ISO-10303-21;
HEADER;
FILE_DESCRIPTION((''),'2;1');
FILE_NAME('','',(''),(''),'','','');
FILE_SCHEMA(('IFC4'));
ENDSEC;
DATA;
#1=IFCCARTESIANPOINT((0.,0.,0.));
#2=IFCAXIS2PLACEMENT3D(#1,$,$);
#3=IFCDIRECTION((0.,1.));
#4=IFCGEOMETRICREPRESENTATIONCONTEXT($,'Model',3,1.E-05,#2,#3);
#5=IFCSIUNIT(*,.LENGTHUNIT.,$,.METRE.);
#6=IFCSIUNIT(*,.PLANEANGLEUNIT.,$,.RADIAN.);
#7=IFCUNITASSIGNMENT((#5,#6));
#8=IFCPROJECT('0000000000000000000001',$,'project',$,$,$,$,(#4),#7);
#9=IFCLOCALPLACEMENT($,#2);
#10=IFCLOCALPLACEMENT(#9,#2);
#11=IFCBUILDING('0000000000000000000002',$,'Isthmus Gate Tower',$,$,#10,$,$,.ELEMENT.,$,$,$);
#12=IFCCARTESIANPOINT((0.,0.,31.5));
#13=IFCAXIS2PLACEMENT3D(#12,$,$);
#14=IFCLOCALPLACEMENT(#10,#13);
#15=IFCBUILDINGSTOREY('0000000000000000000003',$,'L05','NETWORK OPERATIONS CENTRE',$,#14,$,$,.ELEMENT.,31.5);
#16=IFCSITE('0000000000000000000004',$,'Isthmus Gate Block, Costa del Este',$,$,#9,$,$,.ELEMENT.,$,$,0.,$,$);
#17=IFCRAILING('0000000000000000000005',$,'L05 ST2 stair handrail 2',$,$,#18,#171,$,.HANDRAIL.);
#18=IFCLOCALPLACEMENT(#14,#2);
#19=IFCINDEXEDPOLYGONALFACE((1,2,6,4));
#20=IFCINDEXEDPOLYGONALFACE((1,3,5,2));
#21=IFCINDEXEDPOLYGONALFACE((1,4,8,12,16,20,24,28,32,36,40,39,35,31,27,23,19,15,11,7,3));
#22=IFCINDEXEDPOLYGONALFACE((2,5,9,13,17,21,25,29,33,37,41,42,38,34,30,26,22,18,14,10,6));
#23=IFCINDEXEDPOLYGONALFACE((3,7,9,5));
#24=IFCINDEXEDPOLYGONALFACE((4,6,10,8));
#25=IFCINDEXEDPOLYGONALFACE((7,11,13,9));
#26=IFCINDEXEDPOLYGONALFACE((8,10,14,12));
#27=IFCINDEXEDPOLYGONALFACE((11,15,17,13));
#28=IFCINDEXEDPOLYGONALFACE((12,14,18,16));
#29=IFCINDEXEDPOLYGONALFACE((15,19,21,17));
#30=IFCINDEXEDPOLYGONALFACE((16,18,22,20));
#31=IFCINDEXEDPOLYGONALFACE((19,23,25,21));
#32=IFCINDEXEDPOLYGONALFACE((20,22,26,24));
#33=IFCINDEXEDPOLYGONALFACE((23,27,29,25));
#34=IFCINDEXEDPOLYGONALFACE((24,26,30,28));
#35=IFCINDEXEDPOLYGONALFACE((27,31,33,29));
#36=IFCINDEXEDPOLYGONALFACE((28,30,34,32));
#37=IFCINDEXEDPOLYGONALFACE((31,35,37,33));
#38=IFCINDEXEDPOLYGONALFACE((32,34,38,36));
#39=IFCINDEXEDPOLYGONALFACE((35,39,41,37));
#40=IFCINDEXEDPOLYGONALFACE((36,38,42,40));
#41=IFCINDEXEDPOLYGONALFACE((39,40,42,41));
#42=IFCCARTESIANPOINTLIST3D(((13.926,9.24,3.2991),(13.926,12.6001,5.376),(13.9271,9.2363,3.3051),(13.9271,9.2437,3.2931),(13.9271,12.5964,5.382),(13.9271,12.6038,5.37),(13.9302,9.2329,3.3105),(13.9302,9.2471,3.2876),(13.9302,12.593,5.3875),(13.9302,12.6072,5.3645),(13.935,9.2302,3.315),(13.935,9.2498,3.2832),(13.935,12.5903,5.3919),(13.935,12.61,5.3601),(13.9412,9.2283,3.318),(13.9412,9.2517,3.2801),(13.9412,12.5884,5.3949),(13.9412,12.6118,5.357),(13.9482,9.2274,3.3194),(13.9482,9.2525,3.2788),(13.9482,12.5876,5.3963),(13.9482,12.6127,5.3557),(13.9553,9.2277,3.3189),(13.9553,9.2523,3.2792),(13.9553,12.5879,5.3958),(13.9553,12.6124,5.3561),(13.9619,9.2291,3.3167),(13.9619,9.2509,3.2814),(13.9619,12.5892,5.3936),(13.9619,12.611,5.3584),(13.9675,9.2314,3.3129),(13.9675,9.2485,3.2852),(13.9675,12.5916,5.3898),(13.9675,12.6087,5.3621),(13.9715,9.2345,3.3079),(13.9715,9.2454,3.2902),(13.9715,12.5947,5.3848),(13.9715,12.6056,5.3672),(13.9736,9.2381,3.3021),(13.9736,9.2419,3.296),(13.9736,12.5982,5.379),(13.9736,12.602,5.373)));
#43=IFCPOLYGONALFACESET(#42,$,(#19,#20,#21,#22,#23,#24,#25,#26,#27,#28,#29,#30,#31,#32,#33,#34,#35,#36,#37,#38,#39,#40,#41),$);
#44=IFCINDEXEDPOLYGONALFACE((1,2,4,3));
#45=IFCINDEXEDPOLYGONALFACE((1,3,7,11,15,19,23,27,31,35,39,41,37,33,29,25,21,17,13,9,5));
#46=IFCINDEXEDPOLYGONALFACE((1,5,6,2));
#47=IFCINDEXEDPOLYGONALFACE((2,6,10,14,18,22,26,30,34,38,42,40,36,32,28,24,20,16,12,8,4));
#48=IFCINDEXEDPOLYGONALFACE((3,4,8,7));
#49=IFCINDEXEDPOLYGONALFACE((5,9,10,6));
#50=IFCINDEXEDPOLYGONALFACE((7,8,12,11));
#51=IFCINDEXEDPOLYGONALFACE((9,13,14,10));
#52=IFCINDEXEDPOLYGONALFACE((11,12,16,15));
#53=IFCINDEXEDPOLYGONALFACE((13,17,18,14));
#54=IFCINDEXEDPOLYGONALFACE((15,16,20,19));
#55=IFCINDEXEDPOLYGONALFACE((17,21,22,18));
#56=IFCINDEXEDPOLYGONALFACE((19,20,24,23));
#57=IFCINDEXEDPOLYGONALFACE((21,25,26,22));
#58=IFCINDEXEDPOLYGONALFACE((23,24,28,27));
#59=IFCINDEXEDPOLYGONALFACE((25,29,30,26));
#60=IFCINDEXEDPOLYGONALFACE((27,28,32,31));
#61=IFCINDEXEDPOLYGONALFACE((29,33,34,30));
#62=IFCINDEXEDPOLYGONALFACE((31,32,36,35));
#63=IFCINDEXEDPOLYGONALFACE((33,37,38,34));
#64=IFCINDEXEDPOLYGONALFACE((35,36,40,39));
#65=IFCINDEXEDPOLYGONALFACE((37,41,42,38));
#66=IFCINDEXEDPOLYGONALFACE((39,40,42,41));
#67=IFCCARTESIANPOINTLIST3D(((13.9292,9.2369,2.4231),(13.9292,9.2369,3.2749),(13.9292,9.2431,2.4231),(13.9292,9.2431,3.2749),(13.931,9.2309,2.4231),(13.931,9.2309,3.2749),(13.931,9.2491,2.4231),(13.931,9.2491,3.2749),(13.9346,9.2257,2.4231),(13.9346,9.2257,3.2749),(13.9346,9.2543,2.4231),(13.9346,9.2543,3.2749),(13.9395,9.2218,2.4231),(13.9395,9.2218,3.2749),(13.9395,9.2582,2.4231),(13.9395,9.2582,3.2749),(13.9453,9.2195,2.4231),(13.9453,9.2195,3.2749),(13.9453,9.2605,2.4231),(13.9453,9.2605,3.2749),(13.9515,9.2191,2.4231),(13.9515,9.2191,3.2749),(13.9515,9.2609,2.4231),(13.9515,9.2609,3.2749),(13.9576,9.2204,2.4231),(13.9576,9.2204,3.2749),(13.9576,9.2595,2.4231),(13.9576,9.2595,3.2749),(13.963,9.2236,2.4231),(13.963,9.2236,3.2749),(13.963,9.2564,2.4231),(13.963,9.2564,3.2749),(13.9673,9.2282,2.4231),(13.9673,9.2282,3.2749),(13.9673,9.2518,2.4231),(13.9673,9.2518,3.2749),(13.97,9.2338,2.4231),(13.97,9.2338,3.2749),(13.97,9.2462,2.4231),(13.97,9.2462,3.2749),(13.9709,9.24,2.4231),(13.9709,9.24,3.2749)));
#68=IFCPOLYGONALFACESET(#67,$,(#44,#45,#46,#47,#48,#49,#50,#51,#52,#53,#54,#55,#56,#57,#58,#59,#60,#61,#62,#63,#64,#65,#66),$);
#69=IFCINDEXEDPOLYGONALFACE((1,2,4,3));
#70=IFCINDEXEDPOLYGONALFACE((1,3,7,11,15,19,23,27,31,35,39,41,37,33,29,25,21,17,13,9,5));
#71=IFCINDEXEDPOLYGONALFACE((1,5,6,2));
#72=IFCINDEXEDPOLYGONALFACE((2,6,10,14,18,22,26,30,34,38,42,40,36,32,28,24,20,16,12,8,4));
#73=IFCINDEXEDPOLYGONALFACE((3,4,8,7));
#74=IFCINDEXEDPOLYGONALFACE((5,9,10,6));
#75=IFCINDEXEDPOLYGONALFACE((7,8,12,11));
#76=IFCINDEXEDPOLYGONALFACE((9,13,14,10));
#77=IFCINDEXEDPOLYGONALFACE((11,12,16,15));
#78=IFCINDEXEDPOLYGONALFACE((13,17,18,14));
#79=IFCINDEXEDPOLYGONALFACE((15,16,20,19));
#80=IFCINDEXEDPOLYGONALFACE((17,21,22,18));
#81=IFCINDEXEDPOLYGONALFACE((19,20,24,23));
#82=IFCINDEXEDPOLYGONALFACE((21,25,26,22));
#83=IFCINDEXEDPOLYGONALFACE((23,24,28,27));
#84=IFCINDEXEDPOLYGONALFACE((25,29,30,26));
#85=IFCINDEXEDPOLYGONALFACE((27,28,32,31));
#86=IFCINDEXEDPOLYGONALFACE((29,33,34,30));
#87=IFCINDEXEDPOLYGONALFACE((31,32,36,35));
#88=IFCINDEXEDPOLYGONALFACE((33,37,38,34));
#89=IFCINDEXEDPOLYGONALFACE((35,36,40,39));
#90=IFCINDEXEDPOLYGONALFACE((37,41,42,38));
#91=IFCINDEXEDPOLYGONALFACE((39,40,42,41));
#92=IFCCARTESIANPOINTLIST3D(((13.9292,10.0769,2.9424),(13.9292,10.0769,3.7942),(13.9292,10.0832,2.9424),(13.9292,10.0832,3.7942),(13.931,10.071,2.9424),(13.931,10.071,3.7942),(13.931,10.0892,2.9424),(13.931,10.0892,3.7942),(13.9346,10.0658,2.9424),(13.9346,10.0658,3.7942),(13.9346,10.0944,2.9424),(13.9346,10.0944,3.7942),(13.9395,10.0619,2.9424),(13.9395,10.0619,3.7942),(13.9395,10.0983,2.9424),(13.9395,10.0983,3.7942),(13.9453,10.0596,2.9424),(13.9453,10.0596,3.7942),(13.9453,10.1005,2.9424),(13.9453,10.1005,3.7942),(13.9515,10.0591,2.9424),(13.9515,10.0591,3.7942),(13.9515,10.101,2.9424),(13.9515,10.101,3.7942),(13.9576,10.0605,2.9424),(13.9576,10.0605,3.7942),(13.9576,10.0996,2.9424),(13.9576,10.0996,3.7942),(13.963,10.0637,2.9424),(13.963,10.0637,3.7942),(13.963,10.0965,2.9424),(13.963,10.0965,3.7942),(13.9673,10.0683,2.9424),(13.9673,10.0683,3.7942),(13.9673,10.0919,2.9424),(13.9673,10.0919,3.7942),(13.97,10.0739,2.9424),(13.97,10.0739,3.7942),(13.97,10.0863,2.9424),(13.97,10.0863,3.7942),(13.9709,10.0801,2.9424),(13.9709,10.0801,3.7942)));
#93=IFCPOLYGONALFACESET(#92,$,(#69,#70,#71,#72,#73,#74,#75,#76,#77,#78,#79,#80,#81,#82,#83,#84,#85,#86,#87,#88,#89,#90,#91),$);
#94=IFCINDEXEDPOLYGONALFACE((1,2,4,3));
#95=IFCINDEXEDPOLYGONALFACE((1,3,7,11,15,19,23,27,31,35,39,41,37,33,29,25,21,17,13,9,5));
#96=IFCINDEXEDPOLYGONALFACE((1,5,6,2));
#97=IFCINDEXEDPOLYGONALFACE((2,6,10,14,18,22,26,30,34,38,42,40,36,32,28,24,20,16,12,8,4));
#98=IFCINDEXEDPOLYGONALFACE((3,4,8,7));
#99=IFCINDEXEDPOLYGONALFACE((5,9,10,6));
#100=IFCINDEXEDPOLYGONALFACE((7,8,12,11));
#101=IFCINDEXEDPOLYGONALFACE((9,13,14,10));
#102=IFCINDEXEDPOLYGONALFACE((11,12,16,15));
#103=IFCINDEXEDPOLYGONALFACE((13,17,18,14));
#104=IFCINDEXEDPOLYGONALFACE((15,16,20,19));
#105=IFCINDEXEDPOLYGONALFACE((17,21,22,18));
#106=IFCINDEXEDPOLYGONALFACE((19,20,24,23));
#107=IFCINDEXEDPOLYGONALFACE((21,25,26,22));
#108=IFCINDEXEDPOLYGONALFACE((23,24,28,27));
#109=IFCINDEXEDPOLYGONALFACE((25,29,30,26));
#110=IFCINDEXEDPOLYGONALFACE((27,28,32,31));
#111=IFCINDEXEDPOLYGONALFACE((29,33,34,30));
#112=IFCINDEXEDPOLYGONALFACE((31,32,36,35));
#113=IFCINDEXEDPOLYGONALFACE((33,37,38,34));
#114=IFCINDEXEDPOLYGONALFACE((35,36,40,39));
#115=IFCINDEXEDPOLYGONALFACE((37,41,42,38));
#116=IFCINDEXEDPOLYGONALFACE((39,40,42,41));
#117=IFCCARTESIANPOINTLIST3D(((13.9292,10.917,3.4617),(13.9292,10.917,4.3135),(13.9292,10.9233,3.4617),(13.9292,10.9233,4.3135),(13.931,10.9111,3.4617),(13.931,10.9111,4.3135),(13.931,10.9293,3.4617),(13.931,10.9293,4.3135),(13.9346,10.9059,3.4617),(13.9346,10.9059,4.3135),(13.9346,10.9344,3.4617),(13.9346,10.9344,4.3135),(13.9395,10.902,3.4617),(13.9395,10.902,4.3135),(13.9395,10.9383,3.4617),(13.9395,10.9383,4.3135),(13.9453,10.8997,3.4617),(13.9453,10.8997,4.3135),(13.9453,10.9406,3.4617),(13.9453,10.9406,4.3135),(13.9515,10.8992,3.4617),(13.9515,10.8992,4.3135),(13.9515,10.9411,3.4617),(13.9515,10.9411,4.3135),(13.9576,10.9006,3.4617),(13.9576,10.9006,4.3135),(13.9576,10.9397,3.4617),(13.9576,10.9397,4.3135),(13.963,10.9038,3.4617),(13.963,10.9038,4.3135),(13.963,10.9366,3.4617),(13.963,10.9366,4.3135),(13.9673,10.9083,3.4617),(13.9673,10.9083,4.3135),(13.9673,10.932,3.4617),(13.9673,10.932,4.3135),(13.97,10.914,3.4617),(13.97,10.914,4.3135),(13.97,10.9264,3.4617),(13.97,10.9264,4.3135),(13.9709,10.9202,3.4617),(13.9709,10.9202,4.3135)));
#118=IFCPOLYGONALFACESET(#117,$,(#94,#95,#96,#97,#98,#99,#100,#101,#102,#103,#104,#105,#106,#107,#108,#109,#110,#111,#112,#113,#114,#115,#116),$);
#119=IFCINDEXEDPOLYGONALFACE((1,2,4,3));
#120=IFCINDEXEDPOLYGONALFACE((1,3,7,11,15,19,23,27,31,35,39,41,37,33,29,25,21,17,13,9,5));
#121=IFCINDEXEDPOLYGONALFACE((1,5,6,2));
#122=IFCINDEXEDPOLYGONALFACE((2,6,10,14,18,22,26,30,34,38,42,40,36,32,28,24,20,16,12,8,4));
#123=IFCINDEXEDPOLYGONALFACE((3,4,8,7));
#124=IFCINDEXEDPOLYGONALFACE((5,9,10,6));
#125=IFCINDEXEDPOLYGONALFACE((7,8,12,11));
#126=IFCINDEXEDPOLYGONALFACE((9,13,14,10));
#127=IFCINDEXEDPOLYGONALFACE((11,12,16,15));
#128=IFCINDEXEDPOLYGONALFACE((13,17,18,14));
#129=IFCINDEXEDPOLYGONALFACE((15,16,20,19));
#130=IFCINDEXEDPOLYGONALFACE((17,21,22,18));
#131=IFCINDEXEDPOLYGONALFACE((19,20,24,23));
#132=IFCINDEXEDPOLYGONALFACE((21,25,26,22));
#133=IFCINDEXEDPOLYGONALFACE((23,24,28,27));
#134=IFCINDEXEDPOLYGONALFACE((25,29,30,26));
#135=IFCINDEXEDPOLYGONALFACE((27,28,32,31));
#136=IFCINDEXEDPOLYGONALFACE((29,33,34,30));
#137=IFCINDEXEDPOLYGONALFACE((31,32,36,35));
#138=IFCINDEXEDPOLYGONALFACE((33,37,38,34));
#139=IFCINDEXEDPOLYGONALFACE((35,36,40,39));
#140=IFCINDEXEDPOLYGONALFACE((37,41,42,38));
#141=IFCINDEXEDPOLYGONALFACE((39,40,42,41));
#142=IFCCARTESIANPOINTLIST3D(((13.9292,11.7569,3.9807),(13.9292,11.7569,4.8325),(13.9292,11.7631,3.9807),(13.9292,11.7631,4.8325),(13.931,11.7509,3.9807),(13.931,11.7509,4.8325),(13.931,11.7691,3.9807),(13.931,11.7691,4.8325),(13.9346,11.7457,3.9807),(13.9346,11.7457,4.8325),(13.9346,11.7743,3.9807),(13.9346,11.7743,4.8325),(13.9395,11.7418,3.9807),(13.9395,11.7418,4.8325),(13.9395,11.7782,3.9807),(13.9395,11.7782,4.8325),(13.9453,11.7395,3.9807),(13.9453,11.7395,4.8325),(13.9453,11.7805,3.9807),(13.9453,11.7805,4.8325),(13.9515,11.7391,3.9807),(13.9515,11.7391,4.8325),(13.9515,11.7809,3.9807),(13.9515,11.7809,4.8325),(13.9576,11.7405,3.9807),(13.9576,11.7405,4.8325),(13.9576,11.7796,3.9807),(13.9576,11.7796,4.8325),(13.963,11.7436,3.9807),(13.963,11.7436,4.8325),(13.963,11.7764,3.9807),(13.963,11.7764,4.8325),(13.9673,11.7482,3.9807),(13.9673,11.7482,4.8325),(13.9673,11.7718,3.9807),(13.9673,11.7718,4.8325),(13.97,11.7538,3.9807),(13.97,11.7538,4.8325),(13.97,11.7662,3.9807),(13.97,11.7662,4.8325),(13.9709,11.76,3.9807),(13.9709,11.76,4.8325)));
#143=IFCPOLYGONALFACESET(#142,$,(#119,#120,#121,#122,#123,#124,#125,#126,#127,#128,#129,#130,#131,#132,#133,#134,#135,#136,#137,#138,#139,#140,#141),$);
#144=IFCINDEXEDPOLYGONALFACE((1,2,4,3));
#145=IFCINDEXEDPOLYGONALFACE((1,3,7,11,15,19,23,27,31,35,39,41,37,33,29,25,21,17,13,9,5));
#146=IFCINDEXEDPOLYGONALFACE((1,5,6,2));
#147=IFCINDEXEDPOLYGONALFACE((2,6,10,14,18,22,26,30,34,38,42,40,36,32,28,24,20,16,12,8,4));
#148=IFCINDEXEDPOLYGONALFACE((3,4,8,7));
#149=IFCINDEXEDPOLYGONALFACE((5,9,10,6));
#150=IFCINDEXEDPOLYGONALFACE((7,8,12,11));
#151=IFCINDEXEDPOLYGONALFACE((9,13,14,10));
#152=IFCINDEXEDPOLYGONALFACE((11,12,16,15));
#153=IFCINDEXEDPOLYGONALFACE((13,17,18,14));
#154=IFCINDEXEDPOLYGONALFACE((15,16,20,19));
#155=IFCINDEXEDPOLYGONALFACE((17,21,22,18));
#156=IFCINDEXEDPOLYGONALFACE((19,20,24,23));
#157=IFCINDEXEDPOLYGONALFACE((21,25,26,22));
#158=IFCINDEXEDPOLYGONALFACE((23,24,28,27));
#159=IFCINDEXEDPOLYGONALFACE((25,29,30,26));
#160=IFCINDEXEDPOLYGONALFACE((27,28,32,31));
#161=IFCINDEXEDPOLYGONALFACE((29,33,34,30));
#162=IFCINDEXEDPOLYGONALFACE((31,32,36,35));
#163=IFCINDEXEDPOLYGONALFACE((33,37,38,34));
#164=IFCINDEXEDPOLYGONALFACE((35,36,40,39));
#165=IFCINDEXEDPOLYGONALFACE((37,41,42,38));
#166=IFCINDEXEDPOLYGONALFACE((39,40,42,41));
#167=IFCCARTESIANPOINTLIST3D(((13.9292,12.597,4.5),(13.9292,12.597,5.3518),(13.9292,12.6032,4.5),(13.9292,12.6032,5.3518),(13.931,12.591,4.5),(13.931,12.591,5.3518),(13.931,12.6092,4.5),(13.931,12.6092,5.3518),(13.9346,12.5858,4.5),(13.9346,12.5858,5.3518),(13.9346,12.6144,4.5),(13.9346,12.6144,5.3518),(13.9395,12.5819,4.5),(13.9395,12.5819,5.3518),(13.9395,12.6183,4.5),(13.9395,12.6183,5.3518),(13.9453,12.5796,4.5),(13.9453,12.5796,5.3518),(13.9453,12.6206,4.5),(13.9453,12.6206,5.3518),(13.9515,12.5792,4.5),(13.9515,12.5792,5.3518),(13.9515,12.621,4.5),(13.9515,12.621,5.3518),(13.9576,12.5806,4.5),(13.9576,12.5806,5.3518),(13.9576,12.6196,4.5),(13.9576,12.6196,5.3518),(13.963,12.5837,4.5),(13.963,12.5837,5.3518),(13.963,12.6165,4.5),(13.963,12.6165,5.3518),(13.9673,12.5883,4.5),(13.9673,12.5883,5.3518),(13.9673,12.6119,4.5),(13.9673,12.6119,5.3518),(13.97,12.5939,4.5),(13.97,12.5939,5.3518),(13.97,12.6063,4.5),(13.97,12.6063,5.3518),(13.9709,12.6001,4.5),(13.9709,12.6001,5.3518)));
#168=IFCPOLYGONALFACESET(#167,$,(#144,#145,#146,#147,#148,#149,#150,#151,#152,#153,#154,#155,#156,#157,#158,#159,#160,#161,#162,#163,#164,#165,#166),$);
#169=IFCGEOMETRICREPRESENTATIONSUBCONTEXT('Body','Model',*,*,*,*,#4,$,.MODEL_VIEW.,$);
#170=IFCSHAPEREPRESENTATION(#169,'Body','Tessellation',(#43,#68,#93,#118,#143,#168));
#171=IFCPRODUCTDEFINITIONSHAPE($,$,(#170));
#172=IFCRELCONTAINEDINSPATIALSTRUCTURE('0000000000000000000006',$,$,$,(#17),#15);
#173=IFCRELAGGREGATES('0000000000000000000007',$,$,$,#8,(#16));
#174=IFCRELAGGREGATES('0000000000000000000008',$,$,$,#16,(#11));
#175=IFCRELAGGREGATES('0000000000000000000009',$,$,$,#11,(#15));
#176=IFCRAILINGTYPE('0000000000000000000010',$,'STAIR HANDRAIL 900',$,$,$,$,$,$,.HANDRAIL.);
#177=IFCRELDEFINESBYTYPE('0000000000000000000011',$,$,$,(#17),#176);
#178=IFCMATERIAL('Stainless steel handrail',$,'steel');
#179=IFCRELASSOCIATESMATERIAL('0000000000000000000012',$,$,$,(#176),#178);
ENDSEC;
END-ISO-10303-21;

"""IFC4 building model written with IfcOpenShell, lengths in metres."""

from ifc_helpers import new_model, si_unit, direction, frame, origin, origin_2d, place, context, subcontext, project, spatial, circle, extrude, material, type_object, element, save


model = new_model("IFC4")

# Units and contexts
model_context = context("Model", 3, precision=1e-05, world=origin(), true_north=direction((0.0, 1.0)))
body_context = subcontext(model_context, "Body", "Model", "MODEL_VIEW")
ifc_project = project(units=[si_unit("LENGTHUNIT", "METRE"), si_unit("PLANEANGLEUNIT", "RADIAN")], contexts=[model_context])

# Site, building, storey
site_placement = place(None, origin())
site = spatial("IfcSite", under=ifc_project, at=site_placement, Name="Isthmus Gate Block, Costa del Este", CompositionType="ELEMENT", RefElevation=0.0)
building_placement = place(site_placement, origin())
building = spatial("IfcBuilding", under=site, at=building_placement, Name="Isthmus Gate Tower", CompositionType="ELEMENT")
storey_placement = place(building_placement, frame((0.0, 0.0, 31.5)))
storey = spatial("IfcBuildingStorey", under=building, at=storey_placement, Name="L05", Description="NETWORK OPERATIONS CENTRE", CompositionType="ELEMENT", Elevation=31.5)

# Railing
ifc_material_1 = material(Name="Stainless steel handrail", Category="steel")
railing_type_1 = type_object("IfcRailingType", Name="STAIR HANDRAIL 900", PredefinedType="HANDRAIL", material=ifc_material_1)
for number, where, name in (
    (1, (13.95, 9.24, 2.4231), "L05 ST2 stair handrail 2"),
):
    element("IfcRailing", number, at=place(storey_placement, frame(where)), inside=storey, type_object=railing_type_1, Name=name, PredefinedType="HANDRAIL", context=body_context, shape_type="SweptSolid", body=[
        extrude(circle(Radius=0.0239, at=origin_2d()), frame((0.0, 0.0, 0.876), z_axis=(0.0, 0.850623, 0.525776), x_axis=(-1.0, 0.0, 0.0)), (0.0, 0.0, 1.0), 3.9502),
        extrude(circle(Radius=0.021, at=origin_2d()), origin(), (0.0, 0.0, 1.0), 0.8518),
        extrude(circle(Radius=0.021, at=origin_2d()), frame((0.0, 0.8401, 0.5193)), (0.0, 0.0, 1.0), 0.8518),
        extrude(circle(Radius=0.021, at=origin_2d()), frame((0.0, 1.6802, 1.0386)), (0.0, 0.0, 1.0), 0.8518),
        extrude(circle(Radius=0.021, at=origin_2d()), frame((0.0, 2.52, 1.5576)), (0.0, 0.0, 1.0), 0.8518),
        extrude(circle(Radius=0.021, at=origin_2d()), frame((0.0, 3.3601, 2.0769)), (0.0, 0.0, 1.0), 0.8518),
    ])

save(model, "model.ifc")
